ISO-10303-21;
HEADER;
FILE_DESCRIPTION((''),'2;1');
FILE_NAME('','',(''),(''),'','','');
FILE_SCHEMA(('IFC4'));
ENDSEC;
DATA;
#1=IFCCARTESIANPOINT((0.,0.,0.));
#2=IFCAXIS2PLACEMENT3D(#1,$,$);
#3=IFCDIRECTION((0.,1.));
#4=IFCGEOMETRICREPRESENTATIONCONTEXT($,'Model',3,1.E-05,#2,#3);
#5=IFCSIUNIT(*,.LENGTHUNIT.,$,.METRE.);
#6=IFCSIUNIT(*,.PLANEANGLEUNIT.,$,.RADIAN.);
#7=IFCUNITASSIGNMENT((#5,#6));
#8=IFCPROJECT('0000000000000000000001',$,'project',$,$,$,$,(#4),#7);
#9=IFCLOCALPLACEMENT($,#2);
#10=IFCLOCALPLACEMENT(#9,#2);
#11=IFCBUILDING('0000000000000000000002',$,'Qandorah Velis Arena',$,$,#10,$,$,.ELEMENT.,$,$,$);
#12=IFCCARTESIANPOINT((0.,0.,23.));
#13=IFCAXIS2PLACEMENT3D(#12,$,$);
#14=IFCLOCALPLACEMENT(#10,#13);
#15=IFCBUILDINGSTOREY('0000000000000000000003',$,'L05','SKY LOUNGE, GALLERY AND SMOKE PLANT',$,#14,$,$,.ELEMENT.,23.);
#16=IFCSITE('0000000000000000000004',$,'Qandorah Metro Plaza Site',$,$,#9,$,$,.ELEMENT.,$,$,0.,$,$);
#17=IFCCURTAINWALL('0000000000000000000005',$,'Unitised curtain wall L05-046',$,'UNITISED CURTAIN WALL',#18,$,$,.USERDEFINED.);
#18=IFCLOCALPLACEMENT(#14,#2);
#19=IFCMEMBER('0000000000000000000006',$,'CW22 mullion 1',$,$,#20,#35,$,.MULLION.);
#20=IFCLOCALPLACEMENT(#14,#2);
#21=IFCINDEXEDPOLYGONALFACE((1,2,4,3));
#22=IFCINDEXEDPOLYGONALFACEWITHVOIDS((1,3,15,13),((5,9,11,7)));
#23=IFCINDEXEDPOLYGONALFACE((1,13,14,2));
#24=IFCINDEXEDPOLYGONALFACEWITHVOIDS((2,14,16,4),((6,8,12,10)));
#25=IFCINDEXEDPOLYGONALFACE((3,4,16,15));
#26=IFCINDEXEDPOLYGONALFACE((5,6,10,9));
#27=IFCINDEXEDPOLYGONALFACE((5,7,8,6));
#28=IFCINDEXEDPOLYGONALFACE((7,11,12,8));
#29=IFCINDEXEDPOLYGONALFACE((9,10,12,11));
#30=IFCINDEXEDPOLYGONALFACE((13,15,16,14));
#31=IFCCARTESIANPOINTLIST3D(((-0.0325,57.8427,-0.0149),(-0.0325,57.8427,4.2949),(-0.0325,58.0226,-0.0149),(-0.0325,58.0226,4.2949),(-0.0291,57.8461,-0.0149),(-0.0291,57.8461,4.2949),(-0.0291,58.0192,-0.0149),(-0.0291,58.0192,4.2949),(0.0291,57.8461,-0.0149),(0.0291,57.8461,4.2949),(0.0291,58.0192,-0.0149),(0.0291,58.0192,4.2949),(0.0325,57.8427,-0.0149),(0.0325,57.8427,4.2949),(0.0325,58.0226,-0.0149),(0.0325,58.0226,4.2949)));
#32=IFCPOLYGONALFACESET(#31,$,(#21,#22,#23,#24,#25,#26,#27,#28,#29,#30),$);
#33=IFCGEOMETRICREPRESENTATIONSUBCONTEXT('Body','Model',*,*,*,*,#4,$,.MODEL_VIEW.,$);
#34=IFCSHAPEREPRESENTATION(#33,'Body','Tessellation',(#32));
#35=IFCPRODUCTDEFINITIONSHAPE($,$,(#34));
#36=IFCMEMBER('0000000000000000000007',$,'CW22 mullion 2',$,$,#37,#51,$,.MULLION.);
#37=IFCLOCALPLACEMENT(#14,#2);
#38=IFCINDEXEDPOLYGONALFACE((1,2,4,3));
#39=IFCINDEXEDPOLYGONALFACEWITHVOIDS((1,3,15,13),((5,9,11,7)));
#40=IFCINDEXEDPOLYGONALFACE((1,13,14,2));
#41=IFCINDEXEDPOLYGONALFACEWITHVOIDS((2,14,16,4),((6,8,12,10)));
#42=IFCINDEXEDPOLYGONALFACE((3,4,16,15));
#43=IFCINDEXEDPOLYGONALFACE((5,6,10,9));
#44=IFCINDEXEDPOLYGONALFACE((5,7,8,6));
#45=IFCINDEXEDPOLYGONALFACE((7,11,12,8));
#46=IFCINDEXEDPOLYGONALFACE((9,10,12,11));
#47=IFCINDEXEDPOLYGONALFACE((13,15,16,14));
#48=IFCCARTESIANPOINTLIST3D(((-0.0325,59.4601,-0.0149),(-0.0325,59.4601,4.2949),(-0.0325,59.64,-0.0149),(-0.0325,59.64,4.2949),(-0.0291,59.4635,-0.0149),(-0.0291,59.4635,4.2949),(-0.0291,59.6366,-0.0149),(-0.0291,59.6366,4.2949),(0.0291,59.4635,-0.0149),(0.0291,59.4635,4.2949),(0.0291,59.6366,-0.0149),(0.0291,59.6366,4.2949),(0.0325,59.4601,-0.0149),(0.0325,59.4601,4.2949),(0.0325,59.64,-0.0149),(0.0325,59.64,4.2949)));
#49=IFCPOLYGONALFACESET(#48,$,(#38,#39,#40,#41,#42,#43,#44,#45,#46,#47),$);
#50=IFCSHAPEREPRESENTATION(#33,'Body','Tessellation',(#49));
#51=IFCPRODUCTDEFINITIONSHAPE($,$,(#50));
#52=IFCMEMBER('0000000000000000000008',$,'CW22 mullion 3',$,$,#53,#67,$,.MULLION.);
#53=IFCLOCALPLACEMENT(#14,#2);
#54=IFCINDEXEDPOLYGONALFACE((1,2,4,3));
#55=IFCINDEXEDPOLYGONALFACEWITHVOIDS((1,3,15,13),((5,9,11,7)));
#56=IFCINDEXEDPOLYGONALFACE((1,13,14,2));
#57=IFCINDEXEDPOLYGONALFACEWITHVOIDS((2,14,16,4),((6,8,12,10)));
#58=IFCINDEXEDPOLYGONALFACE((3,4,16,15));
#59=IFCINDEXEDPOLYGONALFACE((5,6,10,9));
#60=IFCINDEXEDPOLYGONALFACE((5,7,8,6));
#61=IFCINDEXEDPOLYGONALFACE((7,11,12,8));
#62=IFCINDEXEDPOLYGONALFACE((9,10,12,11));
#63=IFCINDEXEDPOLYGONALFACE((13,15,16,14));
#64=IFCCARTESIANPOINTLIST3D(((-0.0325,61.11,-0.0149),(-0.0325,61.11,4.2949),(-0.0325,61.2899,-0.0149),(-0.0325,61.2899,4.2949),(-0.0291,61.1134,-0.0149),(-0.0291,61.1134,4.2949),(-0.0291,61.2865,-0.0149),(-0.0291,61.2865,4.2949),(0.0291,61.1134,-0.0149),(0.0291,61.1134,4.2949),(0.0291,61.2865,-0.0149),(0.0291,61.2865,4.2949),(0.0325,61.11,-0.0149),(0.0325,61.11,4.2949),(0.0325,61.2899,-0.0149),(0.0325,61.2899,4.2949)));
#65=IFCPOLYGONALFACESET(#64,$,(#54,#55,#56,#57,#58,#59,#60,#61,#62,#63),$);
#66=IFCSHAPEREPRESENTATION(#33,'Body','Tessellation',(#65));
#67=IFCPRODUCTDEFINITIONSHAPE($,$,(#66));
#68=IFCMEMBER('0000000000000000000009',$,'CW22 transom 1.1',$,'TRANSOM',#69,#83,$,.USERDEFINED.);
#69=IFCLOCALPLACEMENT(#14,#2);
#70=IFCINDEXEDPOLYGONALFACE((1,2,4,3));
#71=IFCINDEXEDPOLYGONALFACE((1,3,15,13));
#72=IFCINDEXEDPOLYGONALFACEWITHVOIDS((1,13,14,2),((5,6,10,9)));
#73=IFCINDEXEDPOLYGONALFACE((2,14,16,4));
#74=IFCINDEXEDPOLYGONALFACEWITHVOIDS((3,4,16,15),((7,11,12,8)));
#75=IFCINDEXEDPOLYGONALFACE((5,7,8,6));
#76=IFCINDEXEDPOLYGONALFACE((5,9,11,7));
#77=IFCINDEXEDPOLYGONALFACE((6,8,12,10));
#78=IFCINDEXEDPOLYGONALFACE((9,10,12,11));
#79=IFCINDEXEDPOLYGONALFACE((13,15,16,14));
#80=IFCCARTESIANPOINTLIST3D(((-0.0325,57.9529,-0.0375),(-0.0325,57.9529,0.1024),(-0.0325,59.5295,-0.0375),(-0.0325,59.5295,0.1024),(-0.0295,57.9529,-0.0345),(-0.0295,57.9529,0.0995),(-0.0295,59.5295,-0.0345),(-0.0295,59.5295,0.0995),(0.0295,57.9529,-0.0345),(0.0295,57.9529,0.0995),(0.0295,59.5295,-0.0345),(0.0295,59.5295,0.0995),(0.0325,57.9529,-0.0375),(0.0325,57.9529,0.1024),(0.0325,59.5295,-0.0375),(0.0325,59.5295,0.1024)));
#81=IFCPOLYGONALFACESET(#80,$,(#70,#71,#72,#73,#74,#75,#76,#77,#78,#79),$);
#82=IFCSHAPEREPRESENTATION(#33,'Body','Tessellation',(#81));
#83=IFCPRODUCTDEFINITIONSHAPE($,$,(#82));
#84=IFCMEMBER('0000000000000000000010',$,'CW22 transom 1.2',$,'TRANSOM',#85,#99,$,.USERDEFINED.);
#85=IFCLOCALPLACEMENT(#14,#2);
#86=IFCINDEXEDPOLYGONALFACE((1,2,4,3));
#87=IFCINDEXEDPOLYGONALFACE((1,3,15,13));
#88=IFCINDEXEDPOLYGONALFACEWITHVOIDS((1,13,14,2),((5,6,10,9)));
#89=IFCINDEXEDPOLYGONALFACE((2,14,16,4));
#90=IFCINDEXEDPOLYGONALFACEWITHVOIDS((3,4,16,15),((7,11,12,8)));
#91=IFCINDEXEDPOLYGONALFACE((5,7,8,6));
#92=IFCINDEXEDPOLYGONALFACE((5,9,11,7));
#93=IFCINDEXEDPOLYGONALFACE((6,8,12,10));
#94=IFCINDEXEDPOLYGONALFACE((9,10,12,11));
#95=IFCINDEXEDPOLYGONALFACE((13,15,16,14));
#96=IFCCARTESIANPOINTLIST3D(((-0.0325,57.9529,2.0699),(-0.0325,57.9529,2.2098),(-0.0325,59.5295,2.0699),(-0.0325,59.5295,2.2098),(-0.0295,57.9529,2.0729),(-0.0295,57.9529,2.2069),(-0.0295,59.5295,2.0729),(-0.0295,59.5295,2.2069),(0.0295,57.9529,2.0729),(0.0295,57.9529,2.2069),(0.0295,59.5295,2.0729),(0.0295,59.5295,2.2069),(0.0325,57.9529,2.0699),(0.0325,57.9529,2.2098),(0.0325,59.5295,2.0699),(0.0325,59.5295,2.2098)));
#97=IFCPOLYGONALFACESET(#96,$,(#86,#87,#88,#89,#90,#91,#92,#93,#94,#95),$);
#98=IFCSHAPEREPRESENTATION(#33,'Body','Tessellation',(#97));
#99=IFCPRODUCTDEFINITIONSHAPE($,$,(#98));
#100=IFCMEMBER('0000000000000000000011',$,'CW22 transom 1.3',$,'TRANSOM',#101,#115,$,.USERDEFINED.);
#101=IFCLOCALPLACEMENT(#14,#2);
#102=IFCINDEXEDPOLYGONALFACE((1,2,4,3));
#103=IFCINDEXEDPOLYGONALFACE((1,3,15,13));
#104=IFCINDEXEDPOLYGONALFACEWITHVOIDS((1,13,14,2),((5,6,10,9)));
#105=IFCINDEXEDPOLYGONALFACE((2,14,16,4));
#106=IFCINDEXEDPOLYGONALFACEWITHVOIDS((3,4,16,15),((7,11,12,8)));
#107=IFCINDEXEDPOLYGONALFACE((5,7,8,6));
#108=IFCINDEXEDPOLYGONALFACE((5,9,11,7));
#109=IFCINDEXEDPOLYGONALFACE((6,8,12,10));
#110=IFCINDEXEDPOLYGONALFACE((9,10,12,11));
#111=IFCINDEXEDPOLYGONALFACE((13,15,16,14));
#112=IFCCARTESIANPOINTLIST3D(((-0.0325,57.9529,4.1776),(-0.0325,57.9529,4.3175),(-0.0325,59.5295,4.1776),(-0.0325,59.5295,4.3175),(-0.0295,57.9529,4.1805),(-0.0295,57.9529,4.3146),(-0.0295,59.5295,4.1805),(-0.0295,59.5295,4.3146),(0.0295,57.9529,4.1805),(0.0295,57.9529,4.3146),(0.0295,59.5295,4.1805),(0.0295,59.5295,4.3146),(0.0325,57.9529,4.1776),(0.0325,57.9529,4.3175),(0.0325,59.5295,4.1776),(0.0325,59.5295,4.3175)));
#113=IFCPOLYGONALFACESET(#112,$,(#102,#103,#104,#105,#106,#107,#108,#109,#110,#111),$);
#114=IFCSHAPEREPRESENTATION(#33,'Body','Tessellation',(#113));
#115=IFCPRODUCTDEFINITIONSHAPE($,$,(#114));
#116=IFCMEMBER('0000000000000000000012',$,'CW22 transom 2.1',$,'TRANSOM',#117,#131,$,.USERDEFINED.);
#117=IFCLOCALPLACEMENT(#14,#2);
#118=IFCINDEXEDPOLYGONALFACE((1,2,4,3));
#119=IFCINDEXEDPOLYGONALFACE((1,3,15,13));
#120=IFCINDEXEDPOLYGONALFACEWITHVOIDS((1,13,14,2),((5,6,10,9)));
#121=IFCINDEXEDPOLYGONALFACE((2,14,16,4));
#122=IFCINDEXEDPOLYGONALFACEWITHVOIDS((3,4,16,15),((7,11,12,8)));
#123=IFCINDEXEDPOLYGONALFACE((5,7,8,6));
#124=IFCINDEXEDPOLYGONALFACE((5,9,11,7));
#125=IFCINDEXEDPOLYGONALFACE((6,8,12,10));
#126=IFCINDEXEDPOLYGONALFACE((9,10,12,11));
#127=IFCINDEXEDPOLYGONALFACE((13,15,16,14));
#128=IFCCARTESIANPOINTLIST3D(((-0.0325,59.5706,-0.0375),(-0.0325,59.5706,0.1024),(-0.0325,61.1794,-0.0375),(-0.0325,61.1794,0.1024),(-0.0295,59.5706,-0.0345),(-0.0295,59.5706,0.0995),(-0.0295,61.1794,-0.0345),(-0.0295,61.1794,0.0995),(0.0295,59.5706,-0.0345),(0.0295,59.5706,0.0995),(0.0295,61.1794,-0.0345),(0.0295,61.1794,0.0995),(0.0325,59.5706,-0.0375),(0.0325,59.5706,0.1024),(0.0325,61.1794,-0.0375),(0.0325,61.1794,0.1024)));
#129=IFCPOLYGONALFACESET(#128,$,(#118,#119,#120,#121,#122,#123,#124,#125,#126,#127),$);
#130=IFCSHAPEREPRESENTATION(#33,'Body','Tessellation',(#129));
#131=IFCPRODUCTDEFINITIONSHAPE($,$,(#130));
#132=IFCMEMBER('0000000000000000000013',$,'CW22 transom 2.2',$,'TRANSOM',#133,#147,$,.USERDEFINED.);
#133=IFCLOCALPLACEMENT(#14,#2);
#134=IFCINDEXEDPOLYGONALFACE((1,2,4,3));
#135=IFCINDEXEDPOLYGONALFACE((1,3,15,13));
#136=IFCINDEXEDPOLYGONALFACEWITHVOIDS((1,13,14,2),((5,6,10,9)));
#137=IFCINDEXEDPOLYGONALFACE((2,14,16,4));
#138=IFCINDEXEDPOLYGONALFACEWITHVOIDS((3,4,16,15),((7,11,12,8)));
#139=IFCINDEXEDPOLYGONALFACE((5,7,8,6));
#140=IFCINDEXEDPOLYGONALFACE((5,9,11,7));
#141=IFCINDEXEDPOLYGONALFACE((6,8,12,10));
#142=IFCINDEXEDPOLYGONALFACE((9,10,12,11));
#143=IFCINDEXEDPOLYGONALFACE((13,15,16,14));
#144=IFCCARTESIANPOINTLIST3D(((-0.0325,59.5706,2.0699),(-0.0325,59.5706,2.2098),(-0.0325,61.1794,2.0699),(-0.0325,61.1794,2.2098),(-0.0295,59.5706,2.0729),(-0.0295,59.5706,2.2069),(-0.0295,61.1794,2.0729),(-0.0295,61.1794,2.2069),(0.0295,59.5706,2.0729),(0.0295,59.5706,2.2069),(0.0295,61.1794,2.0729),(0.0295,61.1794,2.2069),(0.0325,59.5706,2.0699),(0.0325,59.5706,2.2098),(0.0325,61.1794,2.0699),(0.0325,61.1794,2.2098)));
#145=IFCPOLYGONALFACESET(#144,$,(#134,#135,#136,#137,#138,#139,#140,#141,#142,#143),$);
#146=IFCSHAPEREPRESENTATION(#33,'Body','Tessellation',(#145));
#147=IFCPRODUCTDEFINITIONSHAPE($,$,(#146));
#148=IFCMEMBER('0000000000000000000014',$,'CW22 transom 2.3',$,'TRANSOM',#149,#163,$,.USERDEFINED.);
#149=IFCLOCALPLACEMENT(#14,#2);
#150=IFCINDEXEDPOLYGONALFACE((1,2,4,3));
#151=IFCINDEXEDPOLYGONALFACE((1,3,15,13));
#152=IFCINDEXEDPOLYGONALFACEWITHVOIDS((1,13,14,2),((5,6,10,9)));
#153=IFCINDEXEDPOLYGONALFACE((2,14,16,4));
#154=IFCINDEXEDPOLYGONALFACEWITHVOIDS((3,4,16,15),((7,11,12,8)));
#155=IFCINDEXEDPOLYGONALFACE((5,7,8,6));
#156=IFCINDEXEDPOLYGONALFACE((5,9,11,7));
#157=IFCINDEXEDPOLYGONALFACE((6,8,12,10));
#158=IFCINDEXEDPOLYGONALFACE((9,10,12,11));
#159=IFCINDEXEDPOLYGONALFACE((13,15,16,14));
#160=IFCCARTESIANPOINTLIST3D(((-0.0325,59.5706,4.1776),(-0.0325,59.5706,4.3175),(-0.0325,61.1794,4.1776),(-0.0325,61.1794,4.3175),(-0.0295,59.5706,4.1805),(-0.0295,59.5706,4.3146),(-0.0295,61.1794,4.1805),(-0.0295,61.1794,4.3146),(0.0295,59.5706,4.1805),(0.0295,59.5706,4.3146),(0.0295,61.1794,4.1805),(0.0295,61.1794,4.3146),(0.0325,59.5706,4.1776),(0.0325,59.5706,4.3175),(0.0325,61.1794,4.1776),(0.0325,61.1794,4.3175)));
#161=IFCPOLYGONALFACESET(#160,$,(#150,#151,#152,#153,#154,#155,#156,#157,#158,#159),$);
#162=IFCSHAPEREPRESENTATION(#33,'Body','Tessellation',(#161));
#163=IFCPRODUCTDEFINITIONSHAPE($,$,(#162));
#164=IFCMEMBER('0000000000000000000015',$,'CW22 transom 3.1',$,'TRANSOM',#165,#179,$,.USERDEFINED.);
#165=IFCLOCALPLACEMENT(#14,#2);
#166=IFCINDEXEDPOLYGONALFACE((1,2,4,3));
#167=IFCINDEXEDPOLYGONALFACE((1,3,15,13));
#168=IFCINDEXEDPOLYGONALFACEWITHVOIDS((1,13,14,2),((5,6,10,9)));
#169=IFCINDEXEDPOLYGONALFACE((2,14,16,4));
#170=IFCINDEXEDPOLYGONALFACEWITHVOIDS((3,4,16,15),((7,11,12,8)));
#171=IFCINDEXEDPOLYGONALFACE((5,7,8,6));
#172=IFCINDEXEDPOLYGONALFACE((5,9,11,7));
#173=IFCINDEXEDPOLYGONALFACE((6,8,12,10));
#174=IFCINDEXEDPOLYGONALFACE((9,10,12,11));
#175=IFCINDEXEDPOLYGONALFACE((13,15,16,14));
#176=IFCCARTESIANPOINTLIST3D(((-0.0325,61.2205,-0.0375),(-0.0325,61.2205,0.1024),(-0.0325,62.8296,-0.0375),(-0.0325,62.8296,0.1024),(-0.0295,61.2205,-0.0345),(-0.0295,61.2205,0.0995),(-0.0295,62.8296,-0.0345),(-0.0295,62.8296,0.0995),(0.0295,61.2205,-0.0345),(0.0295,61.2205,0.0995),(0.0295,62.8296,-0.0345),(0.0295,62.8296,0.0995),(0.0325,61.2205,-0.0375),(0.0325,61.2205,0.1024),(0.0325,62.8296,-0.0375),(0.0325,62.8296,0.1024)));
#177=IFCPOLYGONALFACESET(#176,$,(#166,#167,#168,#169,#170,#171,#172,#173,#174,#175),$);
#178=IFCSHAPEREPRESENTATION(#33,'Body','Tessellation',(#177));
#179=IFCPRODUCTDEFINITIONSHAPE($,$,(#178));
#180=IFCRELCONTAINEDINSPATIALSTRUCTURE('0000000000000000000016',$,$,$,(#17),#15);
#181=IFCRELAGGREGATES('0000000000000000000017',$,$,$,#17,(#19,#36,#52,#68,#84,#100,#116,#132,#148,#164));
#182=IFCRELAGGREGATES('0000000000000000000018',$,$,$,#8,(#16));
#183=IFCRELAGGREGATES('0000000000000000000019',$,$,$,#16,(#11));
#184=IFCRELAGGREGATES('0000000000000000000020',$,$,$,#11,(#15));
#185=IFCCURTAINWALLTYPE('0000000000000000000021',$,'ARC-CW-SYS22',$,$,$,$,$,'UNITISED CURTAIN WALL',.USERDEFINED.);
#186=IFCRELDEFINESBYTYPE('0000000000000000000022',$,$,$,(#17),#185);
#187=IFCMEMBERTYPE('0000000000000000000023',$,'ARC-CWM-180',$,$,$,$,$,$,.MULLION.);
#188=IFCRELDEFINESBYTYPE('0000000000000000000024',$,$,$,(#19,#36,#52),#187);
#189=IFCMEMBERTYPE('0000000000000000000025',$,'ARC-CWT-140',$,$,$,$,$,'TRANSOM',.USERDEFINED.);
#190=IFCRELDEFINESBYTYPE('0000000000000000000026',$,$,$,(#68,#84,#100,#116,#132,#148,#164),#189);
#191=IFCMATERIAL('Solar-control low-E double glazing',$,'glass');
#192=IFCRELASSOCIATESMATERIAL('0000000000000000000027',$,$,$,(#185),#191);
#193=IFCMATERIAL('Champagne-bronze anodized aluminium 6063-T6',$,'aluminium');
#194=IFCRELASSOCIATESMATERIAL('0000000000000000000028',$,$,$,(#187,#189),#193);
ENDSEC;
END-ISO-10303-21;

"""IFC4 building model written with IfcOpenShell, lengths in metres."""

from ifc_helpers import new_model, si_unit, direction, frame, origin, origin_2d, place, context, subcontext, project, spatial, hollow_rectangle, extrude, material, material_profile, profile_set, type_object, element, aggregate, save


model = new_model("IFC4")

# Units and contexts
model_context = context("Model", 3, precision=1e-05, world=origin(), true_north=direction((0.0, 1.0)))
body_context = subcontext(model_context, "Body", "Model", "MODEL_VIEW")
ifc_project = project(units=[si_unit("LENGTHUNIT", "METRE"), si_unit("PLANEANGLEUNIT", "RADIAN")], contexts=[model_context])

# Site, building, storey
site_placement = place(None, origin())
site = spatial("IfcSite", under=ifc_project, at=site_placement, Name="Qandorah Metro Plaza Site", CompositionType="ELEMENT", RefElevation=0.0)
building_placement = place(site_placement, origin())
building = spatial("IfcBuilding", under=site, at=building_placement, Name="Qandorah Velis Arena", CompositionType="ELEMENT")
storey_placement = place(building_placement, frame((0.0, 0.0, 23.0)))
storey = spatial("IfcBuildingStorey", under=building, at=storey_placement, Name="L05", Description="SKY LOUNGE, GALLERY AND SMOKE PLANT", CompositionType="ELEMENT", Elevation=23.0)

# Curtain wall, members
ifc_material_1 = material(Name="Solar-control low-E double glazing", Category="glass")
curtain_wall_type = type_object("IfcCurtainWallType", Name="ARC-CW-SYS22", ElementType="UNITISED CURTAIN WALL", PredefinedType="USERDEFINED", material=ifc_material_1)
curtain_wall_placement = place(storey_placement, origin())
curtain_wall = element("IfcCurtainWall", 1, at=curtain_wall_placement, inside=storey, type_object=curtain_wall_type, Name="Unitised curtain wall L05-046", ObjectType="UNITISED CURTAIN WALL", PredefinedType="USERDEFINED")
ifc_material_2 = material(Name="Champagne-bronze anodized aluminium 6063-T6", Category="aluminium")
ifc_material_profile_1 = material_profile(ifc_material_2, hollow_rectangle(XDim=0.0649, YDim=0.1799, WallThickness=0.0034, at=origin_2d()), Name="ALU MULLION 65x180")
ifc_profile_set_1 = profile_set([ifc_material_profile_1], Name="Champagne-bronze anodized aluminium 6063-T6")
member_type_1 = type_object("IfcMemberType", Name="ARC-CWM-180", PredefinedType="MULLION", material=ifc_profile_set_1)
member_1_placement = place(storey_placement, frame((0.0, 57.9326, -0.0149), z_axis=(0.0, 0.0, 1.0), x_axis=(-1.0, 0.0, 0.0)))
member_1 = element("IfcMember", 2, at=member_1_placement, type_object=member_type_1, Name="CW22 mullion 1", PredefinedType="MULLION", context=body_context, shape_type="SweptSolid", body=[
    extrude(hollow_rectangle(XDim=0.0649, YDim=0.1799, WallThickness=0.0034, at=origin_2d()), origin(), (0.0, 0.0, 1.0), 4.3098),
])
member_2_placement = place(storey_placement, frame((0.0, 59.55, -0.0149), z_axis=(0.0, 0.0, 1.0), x_axis=(-1.0, 0.0, 0.0)))
member_2 = element("IfcMember", 3, at=member_2_placement, type_object=member_type_1, Name="CW22 mullion 2", PredefinedType="MULLION", context=body_context, shape_type="SweptSolid", body=[
    extrude(hollow_rectangle(XDim=0.0649, YDim=0.1799, WallThickness=0.0034, at=origin_2d()), origin(), (0.0, 0.0, 1.0), 4.3098),
])
member_3_placement = place(storey_placement, frame((0.0, 61.2, -0.0149), z_axis=(0.0, 0.0, 1.0), x_axis=(-1.0, 0.0, 0.0)))
member_3 = element("IfcMember", 4, at=member_3_placement, type_object=member_type_1, Name="CW22 mullion 3", PredefinedType="MULLION", context=body_context, shape_type="SweptSolid", body=[
    extrude(hollow_rectangle(XDim=0.0649, YDim=0.1799, WallThickness=0.0034, at=origin_2d()), origin(), (0.0, 0.0, 1.0), 4.3098),
])
ifc_material_profile_2 = material_profile(ifc_material_2, hollow_rectangle(XDim=0.0649, YDim=0.1399, WallThickness=0.0029, at=origin_2d()), Name="ALU TRANSOM 65x140")
ifc_profile_set_2 = profile_set([ifc_material_profile_2], Name="Champagne-bronze anodized aluminium 6063-T6")
member_type_2 = type_object("IfcMemberType", Name="ARC-CWT-140", ElementType="TRANSOM", PredefinedType="USERDEFINED", material=ifc_profile_set_2)
member_4_placement = place(storey_placement, frame((0.0, 57.9529, 0.0325), z_axis=(0.0, 1.0, 0.0), x_axis=(-1.0, 0.0, 0.0)))
member_4 = element("IfcMember", 5, at=member_4_placement, type_object=member_type_2, Name="CW22 transom 1.1", ObjectType="TRANSOM", PredefinedType="USERDEFINED", context=body_context, shape_type="SweptSolid", body=[
    extrude(hollow_rectangle(XDim=0.0649, YDim=0.1399, WallThickness=0.0029, at=origin_2d()), origin(), (0.0, 0.0, 1.0), 1.5767),
])
member_5_placement = place(storey_placement, frame((0.0, 57.9529, 2.1399), z_axis=(0.0, 1.0, 0.0), x_axis=(-1.0, 0.0, 0.0)))
member_5 = element("IfcMember", 6, at=member_5_placement, type_object=member_type_2, Name="CW22 transom 1.2", ObjectType="TRANSOM", PredefinedType="USERDEFINED", context=body_context, shape_type="SweptSolid", body=[
    extrude(hollow_rectangle(XDim=0.0649, YDim=0.1399, WallThickness=0.0029, at=origin_2d()), origin(), (0.0, 0.0, 1.0), 1.5767),
])
member_6_placement = place(storey_placement, frame((0.0, 57.9529, 4.2476), z_axis=(0.0, 1.0, 0.0), x_axis=(-1.0, 0.0, 0.0)))
member_6 = element("IfcMember", 7, at=member_6_placement, type_object=member_type_2, Name="CW22 transom 1.3", ObjectType="TRANSOM", PredefinedType="USERDEFINED", context=body_context, shape_type="SweptSolid", body=[
    extrude(hollow_rectangle(XDim=0.0649, YDim=0.1399, WallThickness=0.0029, at=origin_2d()), origin(), (0.0, 0.0, 1.0), 1.5767),
])
member_7_placement = place(storey_placement, frame((0.0, 59.5706, 0.0325), z_axis=(0.0, 1.0, 0.0), x_axis=(-1.0, 0.0, 0.0)))
member_7 = element("IfcMember", 8, at=member_7_placement, type_object=member_type_2, Name="CW22 transom 2.1", ObjectType="TRANSOM", PredefinedType="USERDEFINED", context=body_context, shape_type="SweptSolid", body=[
    extrude(hollow_rectangle(XDim=0.0649, YDim=0.1399, WallThickness=0.0029, at=origin_2d()), origin(), (0.0, 0.0, 1.0), 1.6089),
])
member_8_placement = place(storey_placement, frame((0.0, 59.5706, 2.1399), z_axis=(0.0, 1.0, 0.0), x_axis=(-1.0, 0.0, 0.0)))
member_8 = element("IfcMember", 9, at=member_8_placement, type_object=member_type_2, Name="CW22 transom 2.2", ObjectType="TRANSOM", PredefinedType="USERDEFINED", context=body_context, shape_type="SweptSolid", body=[
    extrude(hollow_rectangle(XDim=0.0649, YDim=0.1399, WallThickness=0.0029, at=origin_2d()), origin(), (0.0, 0.0, 1.0), 1.6089),
])
member_9_placement = place(storey_placement, frame((0.0, 59.5706, 4.2476), z_axis=(0.0, 1.0, 0.0), x_axis=(-1.0, 0.0, 0.0)))
member_9 = element("IfcMember", 10, at=member_9_placement, type_object=member_type_2, Name="CW22 transom 2.3", ObjectType="TRANSOM", PredefinedType="USERDEFINED", context=body_context, shape_type="SweptSolid", body=[
    extrude(hollow_rectangle(XDim=0.0649, YDim=0.1399, WallThickness=0.0029, at=origin_2d()), origin(), (0.0, 0.0, 1.0), 1.6089),
])
member_10_placement = place(storey_placement, frame((0.0, 61.2205, 0.0325), z_axis=(0.0, 1.0, 0.0), x_axis=(-1.0, 0.0, 0.0)))
member_10 = element("IfcMember", 11, at=member_10_placement, type_object=member_type_2, Name="CW22 transom 3.1", ObjectType="TRANSOM", PredefinedType="USERDEFINED", context=body_context, shape_type="SweptSolid", body=[
    extrude(hollow_rectangle(XDim=0.0649, YDim=0.1399, WallThickness=0.0029, at=origin_2d()), origin(), (0.0, 0.0, 1.0), 1.6091),
])

aggregate(curtain_wall, [member_1, member_2, member_3, member_4, member_5, member_6, member_7, member_8, member_9, member_10])

save(model, "model.ifc")
